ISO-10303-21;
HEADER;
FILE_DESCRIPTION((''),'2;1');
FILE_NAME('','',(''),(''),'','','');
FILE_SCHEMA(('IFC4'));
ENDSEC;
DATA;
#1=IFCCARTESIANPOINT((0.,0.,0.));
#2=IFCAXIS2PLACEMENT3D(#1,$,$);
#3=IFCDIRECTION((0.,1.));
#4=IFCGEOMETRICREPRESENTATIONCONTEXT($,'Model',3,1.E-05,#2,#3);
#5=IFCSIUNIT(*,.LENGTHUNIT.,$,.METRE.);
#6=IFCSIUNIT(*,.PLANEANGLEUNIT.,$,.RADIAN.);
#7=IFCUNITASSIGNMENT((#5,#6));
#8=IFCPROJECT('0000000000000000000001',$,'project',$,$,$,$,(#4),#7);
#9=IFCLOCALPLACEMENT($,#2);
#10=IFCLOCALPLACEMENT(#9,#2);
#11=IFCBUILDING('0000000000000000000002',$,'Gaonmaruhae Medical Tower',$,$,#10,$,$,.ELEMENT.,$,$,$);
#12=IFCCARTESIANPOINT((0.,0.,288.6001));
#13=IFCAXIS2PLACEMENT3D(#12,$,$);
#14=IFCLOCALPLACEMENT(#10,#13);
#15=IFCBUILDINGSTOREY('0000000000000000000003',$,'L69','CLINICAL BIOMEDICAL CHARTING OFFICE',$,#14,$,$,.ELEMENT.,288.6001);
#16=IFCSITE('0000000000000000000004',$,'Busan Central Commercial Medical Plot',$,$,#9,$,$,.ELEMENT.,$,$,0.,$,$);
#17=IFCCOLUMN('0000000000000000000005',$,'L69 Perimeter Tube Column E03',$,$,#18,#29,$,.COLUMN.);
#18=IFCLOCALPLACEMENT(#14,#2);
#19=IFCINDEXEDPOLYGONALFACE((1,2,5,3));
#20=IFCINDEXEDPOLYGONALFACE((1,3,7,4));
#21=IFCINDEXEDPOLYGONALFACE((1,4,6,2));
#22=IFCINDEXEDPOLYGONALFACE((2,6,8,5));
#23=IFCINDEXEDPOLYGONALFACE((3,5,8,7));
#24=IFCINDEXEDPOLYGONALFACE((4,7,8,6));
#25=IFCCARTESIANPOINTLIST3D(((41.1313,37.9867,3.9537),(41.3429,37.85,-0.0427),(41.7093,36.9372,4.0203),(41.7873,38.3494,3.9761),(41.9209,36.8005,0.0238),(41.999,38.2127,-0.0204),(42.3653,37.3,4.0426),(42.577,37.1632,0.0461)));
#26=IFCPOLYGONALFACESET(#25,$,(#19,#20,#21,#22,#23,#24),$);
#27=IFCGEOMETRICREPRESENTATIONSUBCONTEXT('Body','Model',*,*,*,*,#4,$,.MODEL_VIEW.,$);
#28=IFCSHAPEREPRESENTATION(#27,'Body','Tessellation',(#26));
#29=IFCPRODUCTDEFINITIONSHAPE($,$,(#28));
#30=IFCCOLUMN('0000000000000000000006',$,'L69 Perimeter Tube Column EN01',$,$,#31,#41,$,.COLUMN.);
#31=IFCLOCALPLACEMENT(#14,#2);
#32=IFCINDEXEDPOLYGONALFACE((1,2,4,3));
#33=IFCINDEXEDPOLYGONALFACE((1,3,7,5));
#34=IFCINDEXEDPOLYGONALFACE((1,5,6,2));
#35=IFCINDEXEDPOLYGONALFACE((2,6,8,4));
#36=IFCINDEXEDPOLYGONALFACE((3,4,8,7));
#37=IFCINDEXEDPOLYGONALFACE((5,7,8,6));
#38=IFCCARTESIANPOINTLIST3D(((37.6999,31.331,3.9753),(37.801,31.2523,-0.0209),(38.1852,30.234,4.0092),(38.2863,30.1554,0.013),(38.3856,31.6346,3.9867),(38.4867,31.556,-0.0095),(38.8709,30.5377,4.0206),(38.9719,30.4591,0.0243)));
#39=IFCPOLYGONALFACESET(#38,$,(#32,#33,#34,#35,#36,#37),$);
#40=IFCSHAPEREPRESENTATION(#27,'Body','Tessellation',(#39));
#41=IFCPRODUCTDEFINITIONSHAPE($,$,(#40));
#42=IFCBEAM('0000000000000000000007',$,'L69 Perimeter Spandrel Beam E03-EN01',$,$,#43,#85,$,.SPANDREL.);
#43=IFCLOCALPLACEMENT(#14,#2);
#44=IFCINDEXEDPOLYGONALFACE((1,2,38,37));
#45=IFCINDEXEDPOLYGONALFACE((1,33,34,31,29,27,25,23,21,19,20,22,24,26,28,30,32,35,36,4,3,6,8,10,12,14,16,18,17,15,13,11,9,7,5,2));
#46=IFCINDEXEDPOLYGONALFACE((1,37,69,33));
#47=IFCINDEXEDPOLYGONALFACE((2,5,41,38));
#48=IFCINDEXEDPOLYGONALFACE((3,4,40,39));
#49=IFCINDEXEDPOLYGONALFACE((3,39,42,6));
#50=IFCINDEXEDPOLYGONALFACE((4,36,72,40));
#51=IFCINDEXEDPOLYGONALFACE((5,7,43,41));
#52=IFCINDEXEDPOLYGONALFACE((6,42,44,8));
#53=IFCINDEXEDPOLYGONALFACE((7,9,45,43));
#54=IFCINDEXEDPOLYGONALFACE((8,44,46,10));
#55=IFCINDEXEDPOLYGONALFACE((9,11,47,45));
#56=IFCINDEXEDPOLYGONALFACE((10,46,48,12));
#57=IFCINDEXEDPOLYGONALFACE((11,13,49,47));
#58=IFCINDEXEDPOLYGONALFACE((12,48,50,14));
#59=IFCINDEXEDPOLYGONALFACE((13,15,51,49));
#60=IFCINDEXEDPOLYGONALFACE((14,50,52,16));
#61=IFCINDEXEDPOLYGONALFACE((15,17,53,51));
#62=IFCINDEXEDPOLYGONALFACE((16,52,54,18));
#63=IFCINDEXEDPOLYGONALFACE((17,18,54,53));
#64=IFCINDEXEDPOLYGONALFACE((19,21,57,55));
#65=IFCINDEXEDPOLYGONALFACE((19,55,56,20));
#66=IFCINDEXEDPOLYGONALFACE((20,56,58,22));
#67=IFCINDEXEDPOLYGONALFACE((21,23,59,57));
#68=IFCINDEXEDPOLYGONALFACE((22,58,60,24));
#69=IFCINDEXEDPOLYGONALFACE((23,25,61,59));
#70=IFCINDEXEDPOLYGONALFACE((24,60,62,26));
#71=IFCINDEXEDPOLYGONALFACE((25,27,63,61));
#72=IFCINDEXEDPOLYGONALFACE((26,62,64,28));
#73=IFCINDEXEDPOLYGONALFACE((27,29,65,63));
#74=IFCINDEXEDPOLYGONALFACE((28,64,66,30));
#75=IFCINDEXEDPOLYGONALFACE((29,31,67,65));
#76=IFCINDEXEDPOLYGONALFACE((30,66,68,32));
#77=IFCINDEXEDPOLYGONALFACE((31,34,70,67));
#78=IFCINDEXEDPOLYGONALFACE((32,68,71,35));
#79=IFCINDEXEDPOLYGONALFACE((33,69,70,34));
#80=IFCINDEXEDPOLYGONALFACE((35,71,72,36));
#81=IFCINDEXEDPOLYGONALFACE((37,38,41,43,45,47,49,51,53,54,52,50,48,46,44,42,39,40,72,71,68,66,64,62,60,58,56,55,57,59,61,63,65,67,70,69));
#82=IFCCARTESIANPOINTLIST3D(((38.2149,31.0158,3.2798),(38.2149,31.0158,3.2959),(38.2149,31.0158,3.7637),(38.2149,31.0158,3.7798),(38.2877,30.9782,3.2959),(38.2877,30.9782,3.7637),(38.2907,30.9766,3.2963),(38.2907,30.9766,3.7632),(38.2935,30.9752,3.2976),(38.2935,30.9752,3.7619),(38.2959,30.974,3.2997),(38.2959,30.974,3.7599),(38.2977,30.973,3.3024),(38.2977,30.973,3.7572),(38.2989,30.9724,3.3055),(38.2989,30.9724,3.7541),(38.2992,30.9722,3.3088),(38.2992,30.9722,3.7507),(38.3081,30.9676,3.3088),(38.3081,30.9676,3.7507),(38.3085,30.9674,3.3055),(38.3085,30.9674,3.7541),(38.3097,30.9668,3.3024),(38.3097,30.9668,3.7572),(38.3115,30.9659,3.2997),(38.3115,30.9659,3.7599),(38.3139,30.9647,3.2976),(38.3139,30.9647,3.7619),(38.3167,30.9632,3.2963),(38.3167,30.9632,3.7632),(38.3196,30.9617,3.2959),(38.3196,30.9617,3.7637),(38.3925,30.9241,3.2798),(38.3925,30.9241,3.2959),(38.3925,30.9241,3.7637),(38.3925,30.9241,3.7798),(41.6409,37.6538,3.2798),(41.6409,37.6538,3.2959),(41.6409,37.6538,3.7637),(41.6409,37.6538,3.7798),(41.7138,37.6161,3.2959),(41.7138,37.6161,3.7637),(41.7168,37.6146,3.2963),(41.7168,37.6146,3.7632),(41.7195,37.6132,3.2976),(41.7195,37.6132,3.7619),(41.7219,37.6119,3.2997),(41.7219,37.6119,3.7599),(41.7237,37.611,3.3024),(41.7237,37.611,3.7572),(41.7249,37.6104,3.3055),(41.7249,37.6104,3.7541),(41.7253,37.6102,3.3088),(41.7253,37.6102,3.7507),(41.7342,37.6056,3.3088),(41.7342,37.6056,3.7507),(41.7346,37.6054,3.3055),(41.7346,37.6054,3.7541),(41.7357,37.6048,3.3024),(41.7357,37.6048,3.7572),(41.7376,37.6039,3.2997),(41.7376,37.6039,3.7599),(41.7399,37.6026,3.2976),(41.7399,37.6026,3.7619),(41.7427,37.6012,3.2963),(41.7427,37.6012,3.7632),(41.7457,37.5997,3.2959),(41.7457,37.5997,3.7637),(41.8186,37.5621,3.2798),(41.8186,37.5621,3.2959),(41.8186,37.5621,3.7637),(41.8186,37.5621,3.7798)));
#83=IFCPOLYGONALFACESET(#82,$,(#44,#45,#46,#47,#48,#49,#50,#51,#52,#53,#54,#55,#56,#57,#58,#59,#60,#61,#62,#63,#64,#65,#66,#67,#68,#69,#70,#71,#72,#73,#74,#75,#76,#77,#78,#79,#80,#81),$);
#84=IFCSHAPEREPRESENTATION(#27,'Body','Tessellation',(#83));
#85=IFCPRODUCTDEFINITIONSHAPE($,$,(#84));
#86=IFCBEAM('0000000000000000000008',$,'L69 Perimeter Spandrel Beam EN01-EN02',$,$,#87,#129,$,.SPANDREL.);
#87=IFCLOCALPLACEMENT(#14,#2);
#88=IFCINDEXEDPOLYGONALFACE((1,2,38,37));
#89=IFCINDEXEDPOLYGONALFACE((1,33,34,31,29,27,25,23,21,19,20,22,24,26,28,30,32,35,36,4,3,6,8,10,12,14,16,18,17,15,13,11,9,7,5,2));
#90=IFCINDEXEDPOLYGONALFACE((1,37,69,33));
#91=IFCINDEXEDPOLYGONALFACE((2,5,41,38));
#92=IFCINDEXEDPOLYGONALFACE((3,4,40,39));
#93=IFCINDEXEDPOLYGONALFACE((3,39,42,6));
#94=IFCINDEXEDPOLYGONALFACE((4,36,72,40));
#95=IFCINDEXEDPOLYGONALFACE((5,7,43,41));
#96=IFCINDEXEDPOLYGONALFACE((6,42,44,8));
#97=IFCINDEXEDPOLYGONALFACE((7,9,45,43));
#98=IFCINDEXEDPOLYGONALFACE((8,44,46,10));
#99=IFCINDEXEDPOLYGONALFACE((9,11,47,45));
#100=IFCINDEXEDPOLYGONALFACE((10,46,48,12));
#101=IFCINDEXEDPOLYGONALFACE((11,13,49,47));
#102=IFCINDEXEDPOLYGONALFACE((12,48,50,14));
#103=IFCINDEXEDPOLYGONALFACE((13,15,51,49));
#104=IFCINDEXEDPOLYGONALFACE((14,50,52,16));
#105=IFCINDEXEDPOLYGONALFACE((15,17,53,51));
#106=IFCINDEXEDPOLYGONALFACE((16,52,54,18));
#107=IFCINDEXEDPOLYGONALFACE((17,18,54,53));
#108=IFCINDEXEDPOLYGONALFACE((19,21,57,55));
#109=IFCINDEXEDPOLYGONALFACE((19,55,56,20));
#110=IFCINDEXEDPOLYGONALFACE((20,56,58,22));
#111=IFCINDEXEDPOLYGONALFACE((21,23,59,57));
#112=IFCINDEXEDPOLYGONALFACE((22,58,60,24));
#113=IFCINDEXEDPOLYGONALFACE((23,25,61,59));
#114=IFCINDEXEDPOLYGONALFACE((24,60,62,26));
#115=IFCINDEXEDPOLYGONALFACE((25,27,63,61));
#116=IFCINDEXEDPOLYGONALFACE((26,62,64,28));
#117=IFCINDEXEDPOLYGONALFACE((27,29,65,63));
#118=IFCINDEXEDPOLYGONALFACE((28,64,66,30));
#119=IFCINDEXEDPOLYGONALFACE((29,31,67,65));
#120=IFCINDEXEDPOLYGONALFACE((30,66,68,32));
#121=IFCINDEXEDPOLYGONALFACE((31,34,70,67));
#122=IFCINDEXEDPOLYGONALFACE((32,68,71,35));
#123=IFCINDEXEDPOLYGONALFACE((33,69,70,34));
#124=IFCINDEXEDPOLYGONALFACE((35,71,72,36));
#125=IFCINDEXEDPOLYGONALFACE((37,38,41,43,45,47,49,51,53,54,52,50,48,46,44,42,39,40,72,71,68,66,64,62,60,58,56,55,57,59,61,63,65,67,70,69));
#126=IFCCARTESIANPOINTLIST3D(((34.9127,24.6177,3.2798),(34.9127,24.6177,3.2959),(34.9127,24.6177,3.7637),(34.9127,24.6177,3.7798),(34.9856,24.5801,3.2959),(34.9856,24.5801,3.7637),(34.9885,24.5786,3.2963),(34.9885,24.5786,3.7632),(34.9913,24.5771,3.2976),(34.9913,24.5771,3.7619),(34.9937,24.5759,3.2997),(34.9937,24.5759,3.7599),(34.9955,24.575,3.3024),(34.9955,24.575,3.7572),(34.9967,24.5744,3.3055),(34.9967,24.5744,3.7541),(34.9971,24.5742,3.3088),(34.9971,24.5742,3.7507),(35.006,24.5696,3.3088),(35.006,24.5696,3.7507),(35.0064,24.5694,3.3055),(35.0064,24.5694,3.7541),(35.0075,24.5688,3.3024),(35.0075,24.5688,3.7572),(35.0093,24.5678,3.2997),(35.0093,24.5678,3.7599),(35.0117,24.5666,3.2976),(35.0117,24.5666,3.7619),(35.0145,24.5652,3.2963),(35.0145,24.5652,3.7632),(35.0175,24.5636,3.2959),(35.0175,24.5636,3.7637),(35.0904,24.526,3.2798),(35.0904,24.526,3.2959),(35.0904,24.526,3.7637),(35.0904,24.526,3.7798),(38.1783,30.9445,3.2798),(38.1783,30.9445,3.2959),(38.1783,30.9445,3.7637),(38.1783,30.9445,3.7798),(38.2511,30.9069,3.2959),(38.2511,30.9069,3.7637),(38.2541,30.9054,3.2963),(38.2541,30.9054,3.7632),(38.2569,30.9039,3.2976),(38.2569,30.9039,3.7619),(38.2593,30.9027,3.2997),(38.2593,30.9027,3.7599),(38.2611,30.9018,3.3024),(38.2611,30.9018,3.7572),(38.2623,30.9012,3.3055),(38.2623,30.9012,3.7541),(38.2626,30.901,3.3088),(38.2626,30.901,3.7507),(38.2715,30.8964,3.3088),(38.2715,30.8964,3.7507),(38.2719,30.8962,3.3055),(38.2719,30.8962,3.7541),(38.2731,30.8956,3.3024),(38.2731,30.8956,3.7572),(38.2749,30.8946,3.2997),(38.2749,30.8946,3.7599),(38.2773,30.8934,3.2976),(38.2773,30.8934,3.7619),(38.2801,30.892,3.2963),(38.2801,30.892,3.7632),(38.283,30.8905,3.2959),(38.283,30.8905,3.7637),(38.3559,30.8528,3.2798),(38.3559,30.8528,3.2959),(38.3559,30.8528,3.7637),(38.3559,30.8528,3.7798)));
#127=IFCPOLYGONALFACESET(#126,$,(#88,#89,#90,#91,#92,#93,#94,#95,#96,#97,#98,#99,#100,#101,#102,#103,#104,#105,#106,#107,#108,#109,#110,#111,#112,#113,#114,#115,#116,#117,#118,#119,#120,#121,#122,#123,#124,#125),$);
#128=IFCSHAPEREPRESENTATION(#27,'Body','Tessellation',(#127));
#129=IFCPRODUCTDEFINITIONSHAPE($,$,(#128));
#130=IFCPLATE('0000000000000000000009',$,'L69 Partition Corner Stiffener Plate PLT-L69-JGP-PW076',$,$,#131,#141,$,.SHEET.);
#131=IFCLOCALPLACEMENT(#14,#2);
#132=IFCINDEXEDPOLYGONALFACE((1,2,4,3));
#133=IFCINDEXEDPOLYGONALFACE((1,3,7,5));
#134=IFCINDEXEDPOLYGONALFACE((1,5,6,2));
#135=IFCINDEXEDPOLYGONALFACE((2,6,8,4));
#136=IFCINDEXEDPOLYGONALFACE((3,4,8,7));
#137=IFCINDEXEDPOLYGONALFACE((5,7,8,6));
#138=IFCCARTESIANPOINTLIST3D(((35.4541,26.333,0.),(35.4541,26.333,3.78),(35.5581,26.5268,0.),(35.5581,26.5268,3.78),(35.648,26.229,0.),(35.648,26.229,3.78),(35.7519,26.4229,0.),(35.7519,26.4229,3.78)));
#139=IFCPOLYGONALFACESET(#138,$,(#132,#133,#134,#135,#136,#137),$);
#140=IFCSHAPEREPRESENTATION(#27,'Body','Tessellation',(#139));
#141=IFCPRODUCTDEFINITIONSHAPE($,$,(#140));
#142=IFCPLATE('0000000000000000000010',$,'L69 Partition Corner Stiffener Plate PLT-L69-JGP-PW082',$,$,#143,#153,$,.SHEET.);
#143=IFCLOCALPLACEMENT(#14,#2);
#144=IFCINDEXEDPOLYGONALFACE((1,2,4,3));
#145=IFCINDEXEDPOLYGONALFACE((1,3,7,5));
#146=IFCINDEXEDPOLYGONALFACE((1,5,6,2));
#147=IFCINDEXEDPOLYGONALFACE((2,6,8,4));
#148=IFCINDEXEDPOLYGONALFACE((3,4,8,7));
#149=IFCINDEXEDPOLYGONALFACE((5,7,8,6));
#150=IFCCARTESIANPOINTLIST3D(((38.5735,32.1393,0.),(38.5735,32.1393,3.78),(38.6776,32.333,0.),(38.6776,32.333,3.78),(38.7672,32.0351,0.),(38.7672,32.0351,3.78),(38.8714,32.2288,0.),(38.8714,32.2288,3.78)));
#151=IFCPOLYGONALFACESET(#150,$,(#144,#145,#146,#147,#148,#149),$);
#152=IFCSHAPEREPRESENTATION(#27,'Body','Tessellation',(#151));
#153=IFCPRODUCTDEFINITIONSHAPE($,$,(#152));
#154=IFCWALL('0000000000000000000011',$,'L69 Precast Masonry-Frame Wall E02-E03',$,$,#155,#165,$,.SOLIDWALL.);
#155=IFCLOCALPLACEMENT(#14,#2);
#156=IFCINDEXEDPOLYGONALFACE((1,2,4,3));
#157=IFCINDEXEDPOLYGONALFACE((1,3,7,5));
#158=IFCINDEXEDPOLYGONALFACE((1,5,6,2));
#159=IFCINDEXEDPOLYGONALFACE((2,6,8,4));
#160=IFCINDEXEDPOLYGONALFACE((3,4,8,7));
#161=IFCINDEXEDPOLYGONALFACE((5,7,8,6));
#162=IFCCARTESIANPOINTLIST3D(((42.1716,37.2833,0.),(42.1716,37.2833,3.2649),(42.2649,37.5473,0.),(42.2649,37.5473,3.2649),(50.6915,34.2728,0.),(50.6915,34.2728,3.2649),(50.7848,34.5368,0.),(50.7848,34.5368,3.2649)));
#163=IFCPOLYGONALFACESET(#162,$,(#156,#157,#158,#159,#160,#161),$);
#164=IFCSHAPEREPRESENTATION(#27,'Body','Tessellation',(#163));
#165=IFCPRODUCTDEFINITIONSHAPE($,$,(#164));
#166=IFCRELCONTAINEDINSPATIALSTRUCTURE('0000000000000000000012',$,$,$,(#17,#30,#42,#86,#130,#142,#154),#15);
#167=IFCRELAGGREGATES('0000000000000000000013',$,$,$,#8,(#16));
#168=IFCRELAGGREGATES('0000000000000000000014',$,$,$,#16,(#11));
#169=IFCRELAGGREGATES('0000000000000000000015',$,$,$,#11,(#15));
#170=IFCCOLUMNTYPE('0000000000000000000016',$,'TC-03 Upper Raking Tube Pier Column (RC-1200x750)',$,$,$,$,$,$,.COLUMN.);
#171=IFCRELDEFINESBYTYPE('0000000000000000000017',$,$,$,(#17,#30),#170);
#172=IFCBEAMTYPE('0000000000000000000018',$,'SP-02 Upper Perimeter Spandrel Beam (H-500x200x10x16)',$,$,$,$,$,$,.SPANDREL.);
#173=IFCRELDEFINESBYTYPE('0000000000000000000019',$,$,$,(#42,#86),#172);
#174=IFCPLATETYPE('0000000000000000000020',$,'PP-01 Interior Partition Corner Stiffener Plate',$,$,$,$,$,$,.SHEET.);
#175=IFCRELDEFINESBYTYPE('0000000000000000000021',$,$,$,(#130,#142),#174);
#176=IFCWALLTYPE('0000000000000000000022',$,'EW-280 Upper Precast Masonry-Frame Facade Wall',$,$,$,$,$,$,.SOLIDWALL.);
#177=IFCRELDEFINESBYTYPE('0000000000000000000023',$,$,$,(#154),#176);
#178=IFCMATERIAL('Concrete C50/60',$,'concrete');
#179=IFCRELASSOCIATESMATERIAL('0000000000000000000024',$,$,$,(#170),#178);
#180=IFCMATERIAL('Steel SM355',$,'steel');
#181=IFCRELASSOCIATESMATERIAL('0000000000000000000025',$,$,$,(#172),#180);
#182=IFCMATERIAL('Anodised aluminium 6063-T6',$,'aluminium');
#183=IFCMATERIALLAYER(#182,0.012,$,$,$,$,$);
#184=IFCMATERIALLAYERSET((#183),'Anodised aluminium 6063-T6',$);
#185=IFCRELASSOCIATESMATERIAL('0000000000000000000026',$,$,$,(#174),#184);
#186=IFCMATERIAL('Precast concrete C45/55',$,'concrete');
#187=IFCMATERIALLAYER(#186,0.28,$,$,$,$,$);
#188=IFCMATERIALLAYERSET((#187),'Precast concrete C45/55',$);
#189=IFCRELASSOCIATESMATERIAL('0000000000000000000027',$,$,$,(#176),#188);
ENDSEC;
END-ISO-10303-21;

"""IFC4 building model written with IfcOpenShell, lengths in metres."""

from ifc_helpers import new_model, si_unit, direction, frame, frame_2d, origin, origin_2d, place, context, subcontext, project, spatial, rectangle, i_section, extrude, material, layer, layer_set, material_profile, profile_set, type_object, element, save


model = new_model("IFC4")

# Units and contexts
model_context = context("Model", 3, precision=1e-05, world=origin(), true_north=direction((0.0, 1.0)))
body_context = subcontext(model_context, "Body", "Model", "MODEL_VIEW")
ifc_project = project(units=[si_unit("LENGTHUNIT", "METRE"), si_unit("PLANEANGLEUNIT", "RADIAN")], contexts=[model_context])

# Site, building, storey
site_placement = place(None, origin())
site = spatial("IfcSite", under=ifc_project, at=site_placement, Name="Busan Central Commercial Medical Plot", CompositionType="ELEMENT", RefElevation=0.0)
building_placement = place(site_placement, origin())
building = spatial("IfcBuilding", under=site, at=building_placement, Name="Gaonmaruhae Medical Tower", CompositionType="ELEMENT")
storey_placement = place(building_placement, frame((0.0, 0.0, 288.6001)))
storey = spatial("IfcBuildingStorey", under=building, at=storey_placement, Name="L69", Description="CLINICAL BIOMEDICAL CHARTING OFFICE", CompositionType="ELEMENT", Elevation=288.6001)

# Columns
ifc_material_1 = material(Name="Concrete C50/60", Category="concrete")
ifc_material_profile_1 = material_profile(ifc_material_1, rectangle(XDim=1.2, YDim=0.75, at=origin_2d()), Name="RC-1200x750")
ifc_profile_set_1 = profile_set([ifc_material_profile_1], Name="Concrete C50/60")
column_type = type_object("IfcColumnType", Name="TC-03 Upper Raking Tube Pier Column (RC-1200x750)", PredefinedType="COLUMN", material=ifc_profile_set_1)
column_1_placement = place(storey_placement, frame((41.96, 37.5066, 0.0017), z_axis=(-0.052861, 0.034143, 0.998018), x_axis=(0.481684, -0.87459, 0.055433)))
element("IfcColumn", 1, at=column_1_placement, inside=storey, type_object=column_type, Name="L69 Perimeter Tube Column E03", PredefinedType="COLUMN", context=body_context, shape_type="SweptSolid", body=[
    extrude(rectangle(XDim=1.2, YDim=0.75, at=origin_2d()), origin(), (0.0, 0.0, 1.0), 4.0044),
])
column_2_placement = place(storey_placement, frame((38.3865, 30.8557, 0.0017), z_axis=(-0.025279, 0.019661, 0.999487), x_axis=(0.404386, -0.914153, 0.02821)))
element("IfcColumn", 2, at=column_2_placement, inside=storey, type_object=column_type, Name="L69 Perimeter Tube Column EN01", PredefinedType="COLUMN", context=body_context, shape_type="SweptSolid", body=[
    extrude(rectangle(XDim=1.2, YDim=0.75, at=origin_2d()), origin(), (0.0, 0.0, 1.0), 3.9983),
])

# Beams
ifc_material_2 = material(Name="Steel SM355", Category="steel")
ifc_material_profile_2 = material_profile(ifc_material_2, i_section(OverallWidth=0.2, OverallDepth=0.5, WebThickness=0.01, FlangeThickness=0.0161, FilletRadius=0.0129, at=origin_2d()), Name="H-500x200x10x16")
ifc_profile_set_2 = profile_set([ifc_material_profile_2], Name="Steel SM355")
beam_type = type_object("IfcBeamType", Name="SP-02 Upper Perimeter Spandrel Beam (H-500x200x10x16)", PredefinedType="SPANDREL", material=ifc_profile_set_2)
beam_1_placement = place(storey_placement, frame((41.7297, 37.6079, 3.5298), z_axis=(-0.458642, -0.888621, 0.0), x_axis=(0.888621, -0.458642, 0.0)))
element("IfcBeam", 3, at=beam_1_placement, inside=storey, type_object=beam_type, Name="L69 Perimeter Spandrel Beam E03-EN01", PredefinedType="SPANDREL", context=body_context, shape_type="SweptSolid", body=[
    extrude(i_section(OverallWidth=0.2, OverallDepth=0.5, WebThickness=0.01, FlangeThickness=0.0161, FilletRadius=0.0129, at=origin_2d()), origin(), (0.0, 0.0, 1.0), 7.47),
])
beam_2_placement = place(storey_placement, frame((38.2671, 30.8987, 3.5298), z_axis=(-0.458657, -0.888613, 0.0), x_axis=(0.888613, -0.458657, 0.0)))
element("IfcBeam", 4, at=beam_2_placement, inside=storey, type_object=beam_type, Name="L69 Perimeter Spandrel Beam EN01-EN02", PredefinedType="SPANDREL", context=body_context, shape_type="SweptSolid", body=[
    extrude(i_section(OverallWidth=0.2, OverallDepth=0.5, WebThickness=0.01, FlangeThickness=0.0161, FilletRadius=0.0129, at=origin_2d()), origin(), (0.0, 0.0, 1.0), 7.1199),
])

# Plates
ifc_material_3 = material(Name="Anodised aluminium 6063-T6", Category="aluminium")
ifc_layer_1 = layer(ifc_material_3, 0.012)
ifc_layer_set_1 = layer_set([ifc_layer_1], Name="Anodised aluminium 6063-T6")
plate_type = type_object("IfcPlateType", Name="PP-01 Interior Partition Corner Stiffener Plate", PredefinedType="SHEET", material=ifc_layer_set_1)
for number, where, z_axis, x_axis, name in (
    (5, (35.603, 26.3779, 0.0), (0.0, 0.0, 1.0), (0.881204, -0.472735, 0.0), "L69 Partition Corner Stiffener Plate PLT-L69-JGP-PW076"),
    (6, (38.7224, 32.1841, 0.0), (0.0, 0.0, 1.0), (0.880692, -0.473689, 0.0), "L69 Partition Corner Stiffener Plate PLT-L69-JGP-PW082"),
):
    element("IfcPlate", number, at=place(storey_placement, frame(where, z_axis=z_axis, x_axis=x_axis)), inside=storey, type_object=plate_type, Name=name, PredefinedType="SHEET", context=body_context, shape_type="SweptSolid", body=[
        extrude(rectangle(XDim=0.22, YDim=0.22, at=origin_2d()), origin(), (0.0, 0.0, 1.0), 3.78),
    ])

# Wall
ifc_material_4 = material(Name="Precast concrete C45/55", Category="concrete")
ifc_layer_2 = layer(ifc_material_4, 0.28)
ifc_layer_set_2 = layer_set([ifc_layer_2], Name="Precast concrete C45/55")
wall_type_1 = type_object("IfcWallType", Name="EW-280 Upper Precast Masonry-Frame Facade Wall", PredefinedType="SOLIDWALL", material=ifc_layer_set_2)
wall_1_placement = place(storey_placement, frame((42.2183, 37.4153, 0.0), z_axis=(0.0, 0.0, 1.0), x_axis=(0.942871, -0.333158, 0.0)))
element("IfcWall", 7, at=wall_1_placement, inside=storey, type_object=wall_type_1, Name="L69 Precast Masonry-Frame Wall E02-E03", PredefinedType="SOLIDWALL", context=body_context, shape_type="SweptSolid", body=[
    extrude(rectangle(XDim=9.0361, YDim=0.28, at=frame_2d((4.5181, 0.0))), origin(), (0.0, 0.0, 1.0), 3.2649),
])

save(model, "model.ifc")
